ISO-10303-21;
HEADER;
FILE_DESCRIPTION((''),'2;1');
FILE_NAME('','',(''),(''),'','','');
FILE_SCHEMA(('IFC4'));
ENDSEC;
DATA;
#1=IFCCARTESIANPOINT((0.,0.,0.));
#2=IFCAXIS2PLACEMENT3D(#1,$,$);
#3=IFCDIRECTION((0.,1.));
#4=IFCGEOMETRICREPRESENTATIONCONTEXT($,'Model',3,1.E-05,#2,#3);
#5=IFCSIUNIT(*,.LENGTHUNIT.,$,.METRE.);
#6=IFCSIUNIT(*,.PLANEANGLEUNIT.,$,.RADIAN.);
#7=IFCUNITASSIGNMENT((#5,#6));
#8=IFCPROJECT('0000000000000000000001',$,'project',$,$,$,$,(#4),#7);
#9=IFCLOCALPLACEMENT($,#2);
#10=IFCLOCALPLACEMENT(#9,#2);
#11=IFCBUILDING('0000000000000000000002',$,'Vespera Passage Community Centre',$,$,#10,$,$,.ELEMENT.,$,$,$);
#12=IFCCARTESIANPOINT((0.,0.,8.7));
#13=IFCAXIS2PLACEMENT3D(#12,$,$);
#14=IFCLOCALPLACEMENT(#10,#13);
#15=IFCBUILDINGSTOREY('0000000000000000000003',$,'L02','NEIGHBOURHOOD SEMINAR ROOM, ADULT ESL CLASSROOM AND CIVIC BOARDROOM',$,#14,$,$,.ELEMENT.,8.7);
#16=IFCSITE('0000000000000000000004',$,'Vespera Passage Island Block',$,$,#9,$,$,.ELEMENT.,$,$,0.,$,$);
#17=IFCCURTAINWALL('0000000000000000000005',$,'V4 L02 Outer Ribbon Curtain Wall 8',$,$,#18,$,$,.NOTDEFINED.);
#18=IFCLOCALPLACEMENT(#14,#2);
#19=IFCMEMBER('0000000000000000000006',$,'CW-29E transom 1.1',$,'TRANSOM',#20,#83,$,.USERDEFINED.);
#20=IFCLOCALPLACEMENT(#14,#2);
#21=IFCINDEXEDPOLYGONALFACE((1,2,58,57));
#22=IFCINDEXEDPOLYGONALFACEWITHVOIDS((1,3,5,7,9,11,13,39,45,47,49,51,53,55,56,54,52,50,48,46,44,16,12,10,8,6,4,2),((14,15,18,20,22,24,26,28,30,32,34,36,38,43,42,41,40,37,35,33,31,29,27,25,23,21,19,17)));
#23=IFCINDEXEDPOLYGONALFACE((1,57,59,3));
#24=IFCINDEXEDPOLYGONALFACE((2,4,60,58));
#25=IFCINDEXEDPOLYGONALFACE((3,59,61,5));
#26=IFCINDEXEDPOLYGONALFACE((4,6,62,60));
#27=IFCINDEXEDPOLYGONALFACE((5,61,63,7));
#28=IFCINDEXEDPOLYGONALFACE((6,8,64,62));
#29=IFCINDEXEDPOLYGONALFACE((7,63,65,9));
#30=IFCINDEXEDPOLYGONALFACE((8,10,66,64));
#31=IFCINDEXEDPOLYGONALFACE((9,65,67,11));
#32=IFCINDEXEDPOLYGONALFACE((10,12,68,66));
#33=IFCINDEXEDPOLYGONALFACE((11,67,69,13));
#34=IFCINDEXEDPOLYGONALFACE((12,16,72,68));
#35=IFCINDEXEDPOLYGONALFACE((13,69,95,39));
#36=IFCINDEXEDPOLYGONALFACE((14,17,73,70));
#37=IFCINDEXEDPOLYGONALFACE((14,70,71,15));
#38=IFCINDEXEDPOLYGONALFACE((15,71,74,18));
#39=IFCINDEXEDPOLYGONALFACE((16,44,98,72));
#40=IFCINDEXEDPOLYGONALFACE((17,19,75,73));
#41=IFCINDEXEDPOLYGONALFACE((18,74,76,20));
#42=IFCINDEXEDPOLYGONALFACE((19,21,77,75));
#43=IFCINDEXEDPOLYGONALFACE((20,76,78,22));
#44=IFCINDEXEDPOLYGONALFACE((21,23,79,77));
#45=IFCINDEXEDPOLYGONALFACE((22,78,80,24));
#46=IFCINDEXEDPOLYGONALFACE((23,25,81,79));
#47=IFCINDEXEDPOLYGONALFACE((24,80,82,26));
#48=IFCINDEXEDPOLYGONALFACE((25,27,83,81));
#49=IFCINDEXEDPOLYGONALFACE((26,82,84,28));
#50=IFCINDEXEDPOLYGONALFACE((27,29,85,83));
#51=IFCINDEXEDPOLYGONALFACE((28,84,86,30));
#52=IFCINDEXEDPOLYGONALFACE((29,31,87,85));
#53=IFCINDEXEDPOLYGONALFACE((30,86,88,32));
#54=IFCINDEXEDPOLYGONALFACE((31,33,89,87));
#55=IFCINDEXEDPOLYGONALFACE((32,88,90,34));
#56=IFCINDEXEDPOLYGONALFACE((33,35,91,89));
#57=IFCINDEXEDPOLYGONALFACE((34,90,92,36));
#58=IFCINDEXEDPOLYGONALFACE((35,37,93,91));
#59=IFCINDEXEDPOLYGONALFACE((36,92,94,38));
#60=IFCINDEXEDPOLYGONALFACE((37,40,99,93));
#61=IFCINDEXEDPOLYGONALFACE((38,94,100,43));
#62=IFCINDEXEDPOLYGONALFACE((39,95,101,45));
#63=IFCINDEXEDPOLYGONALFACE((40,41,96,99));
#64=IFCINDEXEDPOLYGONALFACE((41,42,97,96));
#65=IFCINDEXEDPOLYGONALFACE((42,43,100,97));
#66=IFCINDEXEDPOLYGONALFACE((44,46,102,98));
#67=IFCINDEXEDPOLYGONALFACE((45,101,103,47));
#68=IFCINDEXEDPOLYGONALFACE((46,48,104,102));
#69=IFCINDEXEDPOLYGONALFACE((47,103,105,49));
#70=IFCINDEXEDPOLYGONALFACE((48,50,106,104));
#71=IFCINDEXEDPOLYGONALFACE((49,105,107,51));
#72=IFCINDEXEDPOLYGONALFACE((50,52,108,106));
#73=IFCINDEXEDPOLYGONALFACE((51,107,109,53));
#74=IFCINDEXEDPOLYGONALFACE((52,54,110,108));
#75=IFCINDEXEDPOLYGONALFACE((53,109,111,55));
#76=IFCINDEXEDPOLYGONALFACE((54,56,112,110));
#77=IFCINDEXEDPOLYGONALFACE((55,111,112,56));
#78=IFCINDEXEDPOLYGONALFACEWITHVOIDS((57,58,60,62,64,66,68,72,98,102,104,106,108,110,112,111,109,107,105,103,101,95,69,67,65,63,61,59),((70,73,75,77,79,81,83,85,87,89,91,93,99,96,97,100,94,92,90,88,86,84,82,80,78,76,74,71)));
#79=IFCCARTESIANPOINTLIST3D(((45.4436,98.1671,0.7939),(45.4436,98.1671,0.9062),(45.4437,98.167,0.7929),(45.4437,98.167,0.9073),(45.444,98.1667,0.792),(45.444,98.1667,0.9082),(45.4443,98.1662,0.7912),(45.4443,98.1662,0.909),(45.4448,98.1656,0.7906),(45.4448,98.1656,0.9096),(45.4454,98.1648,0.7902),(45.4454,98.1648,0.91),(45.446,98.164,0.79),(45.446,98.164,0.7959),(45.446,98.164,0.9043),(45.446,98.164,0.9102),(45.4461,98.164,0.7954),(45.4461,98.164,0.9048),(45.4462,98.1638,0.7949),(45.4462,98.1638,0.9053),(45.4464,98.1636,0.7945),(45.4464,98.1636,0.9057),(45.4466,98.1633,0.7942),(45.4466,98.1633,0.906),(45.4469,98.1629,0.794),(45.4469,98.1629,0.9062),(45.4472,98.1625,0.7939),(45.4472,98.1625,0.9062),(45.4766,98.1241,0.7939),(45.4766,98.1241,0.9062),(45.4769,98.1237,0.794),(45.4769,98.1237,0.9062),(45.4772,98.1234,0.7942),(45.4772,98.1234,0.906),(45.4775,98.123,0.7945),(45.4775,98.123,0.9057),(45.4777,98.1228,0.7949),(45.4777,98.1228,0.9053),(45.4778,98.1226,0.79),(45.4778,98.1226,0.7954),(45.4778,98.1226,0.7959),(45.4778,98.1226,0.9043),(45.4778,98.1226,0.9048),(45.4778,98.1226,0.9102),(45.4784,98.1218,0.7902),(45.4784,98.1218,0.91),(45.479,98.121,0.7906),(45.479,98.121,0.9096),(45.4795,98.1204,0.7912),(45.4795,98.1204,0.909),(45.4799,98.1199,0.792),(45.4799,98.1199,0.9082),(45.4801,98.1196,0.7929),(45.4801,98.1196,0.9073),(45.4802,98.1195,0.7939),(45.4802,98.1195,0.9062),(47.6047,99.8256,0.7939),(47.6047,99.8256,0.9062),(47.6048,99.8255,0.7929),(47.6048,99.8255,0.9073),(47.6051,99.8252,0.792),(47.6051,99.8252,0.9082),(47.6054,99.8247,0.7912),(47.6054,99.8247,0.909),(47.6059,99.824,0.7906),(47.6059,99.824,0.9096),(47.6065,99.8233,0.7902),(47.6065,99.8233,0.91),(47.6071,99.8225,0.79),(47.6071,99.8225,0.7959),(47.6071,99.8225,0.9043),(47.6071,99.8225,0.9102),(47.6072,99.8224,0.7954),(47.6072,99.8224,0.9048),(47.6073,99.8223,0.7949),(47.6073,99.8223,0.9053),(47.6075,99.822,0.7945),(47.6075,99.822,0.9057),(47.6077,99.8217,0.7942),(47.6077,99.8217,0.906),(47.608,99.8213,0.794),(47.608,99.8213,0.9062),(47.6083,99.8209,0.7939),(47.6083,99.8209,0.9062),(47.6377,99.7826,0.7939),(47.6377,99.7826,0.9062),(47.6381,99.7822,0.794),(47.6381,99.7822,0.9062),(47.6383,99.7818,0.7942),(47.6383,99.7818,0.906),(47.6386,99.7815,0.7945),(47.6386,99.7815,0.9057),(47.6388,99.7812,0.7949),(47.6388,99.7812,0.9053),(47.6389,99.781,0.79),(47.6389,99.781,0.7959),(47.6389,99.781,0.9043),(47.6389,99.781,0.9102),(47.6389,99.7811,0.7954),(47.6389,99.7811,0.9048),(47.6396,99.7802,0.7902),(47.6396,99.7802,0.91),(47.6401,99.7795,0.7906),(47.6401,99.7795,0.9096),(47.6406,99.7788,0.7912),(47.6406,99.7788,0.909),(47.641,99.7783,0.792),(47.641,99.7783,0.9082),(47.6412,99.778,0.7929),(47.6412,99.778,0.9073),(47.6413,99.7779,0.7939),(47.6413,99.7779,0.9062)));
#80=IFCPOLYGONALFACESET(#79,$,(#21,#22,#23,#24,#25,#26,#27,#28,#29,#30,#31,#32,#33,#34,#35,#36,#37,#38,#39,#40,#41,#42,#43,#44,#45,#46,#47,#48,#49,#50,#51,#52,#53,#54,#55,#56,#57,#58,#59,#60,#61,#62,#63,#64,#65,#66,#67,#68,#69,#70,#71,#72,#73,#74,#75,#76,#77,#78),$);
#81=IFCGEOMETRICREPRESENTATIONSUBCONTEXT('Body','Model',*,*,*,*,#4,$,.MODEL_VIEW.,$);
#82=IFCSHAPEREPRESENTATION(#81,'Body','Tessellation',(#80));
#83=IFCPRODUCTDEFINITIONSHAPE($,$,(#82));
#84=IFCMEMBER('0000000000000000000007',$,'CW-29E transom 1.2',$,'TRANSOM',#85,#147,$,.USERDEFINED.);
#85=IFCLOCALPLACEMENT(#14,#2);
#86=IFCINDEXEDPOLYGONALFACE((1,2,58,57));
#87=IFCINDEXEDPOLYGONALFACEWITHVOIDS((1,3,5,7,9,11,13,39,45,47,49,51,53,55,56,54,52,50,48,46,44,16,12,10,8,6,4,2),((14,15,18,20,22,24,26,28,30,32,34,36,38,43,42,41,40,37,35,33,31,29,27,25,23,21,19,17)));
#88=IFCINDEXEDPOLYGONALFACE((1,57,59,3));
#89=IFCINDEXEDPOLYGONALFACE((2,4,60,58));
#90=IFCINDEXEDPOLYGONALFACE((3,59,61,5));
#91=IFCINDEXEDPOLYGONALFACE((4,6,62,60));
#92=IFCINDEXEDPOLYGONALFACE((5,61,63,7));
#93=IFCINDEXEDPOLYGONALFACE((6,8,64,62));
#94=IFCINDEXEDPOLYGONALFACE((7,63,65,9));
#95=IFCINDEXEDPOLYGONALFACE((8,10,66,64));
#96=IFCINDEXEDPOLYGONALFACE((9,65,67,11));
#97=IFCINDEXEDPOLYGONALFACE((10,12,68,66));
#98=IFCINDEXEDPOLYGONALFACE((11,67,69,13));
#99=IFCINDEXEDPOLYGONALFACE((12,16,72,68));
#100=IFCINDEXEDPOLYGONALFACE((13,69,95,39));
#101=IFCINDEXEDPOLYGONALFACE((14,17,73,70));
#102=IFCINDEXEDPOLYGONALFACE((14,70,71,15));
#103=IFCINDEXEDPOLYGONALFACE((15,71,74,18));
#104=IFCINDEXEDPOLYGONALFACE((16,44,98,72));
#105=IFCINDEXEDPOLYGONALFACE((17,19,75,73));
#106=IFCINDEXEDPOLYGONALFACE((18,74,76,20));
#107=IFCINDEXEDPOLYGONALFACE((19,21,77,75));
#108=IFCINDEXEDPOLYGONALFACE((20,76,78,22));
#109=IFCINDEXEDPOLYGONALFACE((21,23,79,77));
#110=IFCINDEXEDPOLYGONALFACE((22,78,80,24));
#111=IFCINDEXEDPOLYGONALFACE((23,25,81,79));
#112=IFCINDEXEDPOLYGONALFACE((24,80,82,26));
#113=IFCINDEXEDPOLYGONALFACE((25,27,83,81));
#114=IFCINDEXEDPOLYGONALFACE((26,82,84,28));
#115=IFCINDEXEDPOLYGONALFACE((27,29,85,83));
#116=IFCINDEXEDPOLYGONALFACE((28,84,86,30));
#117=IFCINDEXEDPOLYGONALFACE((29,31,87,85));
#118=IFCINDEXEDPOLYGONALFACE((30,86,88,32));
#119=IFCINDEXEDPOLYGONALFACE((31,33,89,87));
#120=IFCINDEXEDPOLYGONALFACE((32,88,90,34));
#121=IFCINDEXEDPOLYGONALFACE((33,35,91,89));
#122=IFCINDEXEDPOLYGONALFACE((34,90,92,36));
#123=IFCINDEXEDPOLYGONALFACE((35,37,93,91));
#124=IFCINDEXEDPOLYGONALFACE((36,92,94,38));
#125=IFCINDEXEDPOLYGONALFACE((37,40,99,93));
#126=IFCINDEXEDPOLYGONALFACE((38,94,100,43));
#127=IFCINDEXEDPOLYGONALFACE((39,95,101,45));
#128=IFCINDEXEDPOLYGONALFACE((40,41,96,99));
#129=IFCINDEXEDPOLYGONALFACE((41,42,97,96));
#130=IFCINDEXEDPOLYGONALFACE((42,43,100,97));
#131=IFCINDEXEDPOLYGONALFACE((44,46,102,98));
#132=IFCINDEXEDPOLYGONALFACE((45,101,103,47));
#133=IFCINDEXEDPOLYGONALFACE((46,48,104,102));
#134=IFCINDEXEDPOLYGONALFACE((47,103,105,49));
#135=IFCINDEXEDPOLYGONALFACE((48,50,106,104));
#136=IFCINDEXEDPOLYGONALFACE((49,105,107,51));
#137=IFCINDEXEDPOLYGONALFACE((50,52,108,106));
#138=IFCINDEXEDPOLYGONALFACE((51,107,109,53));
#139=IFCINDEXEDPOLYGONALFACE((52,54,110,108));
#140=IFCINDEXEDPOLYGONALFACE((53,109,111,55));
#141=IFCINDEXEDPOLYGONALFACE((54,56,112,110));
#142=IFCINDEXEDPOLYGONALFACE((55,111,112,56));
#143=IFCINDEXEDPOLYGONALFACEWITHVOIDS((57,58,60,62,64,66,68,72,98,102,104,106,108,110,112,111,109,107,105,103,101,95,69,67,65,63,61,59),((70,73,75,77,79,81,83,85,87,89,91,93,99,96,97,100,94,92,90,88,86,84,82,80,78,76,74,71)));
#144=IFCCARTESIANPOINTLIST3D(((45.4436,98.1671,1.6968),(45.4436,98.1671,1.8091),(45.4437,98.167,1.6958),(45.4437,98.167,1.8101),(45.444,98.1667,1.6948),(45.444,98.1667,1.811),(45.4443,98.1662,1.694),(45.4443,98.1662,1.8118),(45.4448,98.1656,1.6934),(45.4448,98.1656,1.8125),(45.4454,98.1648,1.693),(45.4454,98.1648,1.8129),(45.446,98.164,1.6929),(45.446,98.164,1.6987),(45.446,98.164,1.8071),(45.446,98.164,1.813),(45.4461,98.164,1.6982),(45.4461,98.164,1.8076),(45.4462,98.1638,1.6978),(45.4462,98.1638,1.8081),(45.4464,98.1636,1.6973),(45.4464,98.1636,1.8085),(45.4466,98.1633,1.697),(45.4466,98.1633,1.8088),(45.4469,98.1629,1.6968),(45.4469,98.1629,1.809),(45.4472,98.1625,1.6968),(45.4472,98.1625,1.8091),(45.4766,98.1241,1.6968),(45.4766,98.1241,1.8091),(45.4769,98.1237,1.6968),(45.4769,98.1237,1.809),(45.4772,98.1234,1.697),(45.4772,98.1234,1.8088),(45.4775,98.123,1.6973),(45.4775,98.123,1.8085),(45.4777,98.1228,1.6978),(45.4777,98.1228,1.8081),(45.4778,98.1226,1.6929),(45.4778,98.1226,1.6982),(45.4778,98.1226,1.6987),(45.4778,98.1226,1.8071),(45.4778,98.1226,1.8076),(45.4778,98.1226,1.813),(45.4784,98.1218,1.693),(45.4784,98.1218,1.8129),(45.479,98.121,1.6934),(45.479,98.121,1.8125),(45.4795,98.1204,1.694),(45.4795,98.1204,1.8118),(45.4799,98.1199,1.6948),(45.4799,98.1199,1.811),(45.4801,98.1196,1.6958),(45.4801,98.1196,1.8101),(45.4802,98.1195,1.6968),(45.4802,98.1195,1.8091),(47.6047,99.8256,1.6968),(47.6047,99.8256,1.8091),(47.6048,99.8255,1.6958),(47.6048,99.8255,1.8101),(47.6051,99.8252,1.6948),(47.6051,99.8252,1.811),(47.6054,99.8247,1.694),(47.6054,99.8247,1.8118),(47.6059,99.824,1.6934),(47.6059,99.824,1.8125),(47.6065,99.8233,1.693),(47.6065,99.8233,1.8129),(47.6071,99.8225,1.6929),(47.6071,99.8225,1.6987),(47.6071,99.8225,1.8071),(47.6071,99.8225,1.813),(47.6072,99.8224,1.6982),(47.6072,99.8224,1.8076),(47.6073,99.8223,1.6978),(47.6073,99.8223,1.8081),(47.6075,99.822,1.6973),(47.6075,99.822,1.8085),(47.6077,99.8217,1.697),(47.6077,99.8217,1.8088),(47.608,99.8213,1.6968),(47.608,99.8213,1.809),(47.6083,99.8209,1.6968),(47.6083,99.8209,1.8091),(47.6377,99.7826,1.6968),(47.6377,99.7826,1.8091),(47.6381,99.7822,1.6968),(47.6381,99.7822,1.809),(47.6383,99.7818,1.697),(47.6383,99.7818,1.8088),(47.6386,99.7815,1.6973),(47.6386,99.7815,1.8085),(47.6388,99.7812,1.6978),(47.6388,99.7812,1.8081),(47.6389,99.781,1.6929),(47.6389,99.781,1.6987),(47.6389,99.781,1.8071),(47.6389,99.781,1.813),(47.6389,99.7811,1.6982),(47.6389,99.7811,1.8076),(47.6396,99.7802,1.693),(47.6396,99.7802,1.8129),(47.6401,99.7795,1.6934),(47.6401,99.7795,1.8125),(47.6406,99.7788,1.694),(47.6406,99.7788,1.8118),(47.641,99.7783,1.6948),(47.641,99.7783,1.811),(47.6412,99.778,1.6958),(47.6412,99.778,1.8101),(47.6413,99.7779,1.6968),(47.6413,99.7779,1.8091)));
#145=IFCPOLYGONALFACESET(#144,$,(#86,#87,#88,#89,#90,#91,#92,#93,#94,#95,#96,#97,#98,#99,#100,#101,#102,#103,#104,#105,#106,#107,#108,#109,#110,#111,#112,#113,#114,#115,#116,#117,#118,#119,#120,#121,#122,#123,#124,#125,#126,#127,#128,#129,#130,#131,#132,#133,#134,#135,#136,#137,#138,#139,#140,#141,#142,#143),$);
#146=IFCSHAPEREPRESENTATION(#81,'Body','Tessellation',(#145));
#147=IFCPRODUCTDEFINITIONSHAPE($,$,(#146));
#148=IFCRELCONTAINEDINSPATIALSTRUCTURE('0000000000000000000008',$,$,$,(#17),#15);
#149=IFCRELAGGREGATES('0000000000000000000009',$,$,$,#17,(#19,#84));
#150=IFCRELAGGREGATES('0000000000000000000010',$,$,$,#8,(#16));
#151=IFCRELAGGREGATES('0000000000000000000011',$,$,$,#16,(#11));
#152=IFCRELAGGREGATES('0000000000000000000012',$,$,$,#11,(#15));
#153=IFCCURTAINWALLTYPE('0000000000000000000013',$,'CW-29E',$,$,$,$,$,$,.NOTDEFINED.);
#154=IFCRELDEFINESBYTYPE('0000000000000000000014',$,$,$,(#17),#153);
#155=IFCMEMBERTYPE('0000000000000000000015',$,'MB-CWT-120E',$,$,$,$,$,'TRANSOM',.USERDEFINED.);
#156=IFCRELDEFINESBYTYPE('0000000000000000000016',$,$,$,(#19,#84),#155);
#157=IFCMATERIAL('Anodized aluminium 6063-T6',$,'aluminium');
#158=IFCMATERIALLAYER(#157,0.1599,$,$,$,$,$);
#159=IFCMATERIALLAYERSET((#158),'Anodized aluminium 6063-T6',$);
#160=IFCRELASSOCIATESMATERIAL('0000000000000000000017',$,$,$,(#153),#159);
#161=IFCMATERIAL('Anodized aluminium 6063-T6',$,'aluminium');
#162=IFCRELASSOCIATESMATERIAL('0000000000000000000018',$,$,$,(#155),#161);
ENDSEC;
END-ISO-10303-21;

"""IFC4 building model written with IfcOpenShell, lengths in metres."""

from ifc_helpers import new_model, si_unit, direction, frame, origin, origin_2d, place, context, subcontext, project, spatial, hollow_rectangle, extrude, material, layer, layer_set, material_profile, profile_set, type_object, element, aggregate, save


model = new_model("IFC4")

# Units and contexts
model_context = context("Model", 3, precision=1e-05, world=origin(), true_north=direction((0.0, 1.0)))
body_context = subcontext(model_context, "Body", "Model", "MODEL_VIEW")
ifc_project = project(units=[si_unit("LENGTHUNIT", "METRE"), si_unit("PLANEANGLEUNIT", "RADIAN")], contexts=[model_context])

# Site, building, storey
site_placement = place(None, origin())
site = spatial("IfcSite", under=ifc_project, at=site_placement, Name="Vespera Passage Island Block", CompositionType="ELEMENT", RefElevation=0.0)
building_placement = place(site_placement, origin())
building = spatial("IfcBuilding", under=site, at=building_placement, Name="Vespera Passage Community Centre", CompositionType="ELEMENT")
storey_placement = place(building_placement, frame((0.0, 0.0, 8.7)))
storey = spatial("IfcBuildingStorey", under=building, at=storey_placement, Name="L02", Description="NEIGHBOURHOOD SEMINAR ROOM, ADULT ESL CLASSROOM AND CIVIC BOARDROOM", CompositionType="ELEMENT", Elevation=8.7)

# Curtain wall
ifc_material_1 = material(Name="Anodized aluminium 6063-T6", Category="aluminium")
ifc_layer_1 = layer(ifc_material_1, 0.1599)
ifc_layer_set_1 = layer_set([ifc_layer_1], Name="Anodized aluminium 6063-T6")
curtain_wall_type_1 = type_object("IfcCurtainWallType", Name="CW-29E", PredefinedType="NOTDEFINED", material=ifc_layer_set_1)
curtain_wall_1_placement = place(storey_placement, origin())
curtain_wall_1 = element("IfcCurtainWall", 1, at=curtain_wall_1_placement, inside=storey, type_object=curtain_wall_type_1, Name="V4 L02 Outer Ribbon Curtain Wall 8", PredefinedType="NOTDEFINED")

# Members
ifc_material_2 = material(Name="Anodized aluminium 6063-T6", Category="aluminium")
ifc_material_profile_1 = material_profile(ifc_material_2, hollow_rectangle(XDim=0.0601, YDim=0.1201, WallThickness=0.0039, InnerFilletRadius=0.002, OuterFilletRadius=0.0039, at=origin_2d()), Name="ALU120X60X4")
ifc_profile_set_1 = profile_set([ifc_material_profile_1], Name="Anodized aluminium 6063-T6")
member_type_1 = type_object("IfcMemberType", Name="MB-CWT-120E", ElementType="TRANSOM", PredefinedType="USERDEFINED", material=ifc_profile_set_1)
member_1_placement = place(storey_placement, frame((45.4619, 98.1433, 0.8501), z_axis=(0.793326, 0.608796, 0.0), x_axis=(-0.608796, 0.793326, 0.0)))
member_1 = element("IfcMember", 2, at=member_1_placement, type_object=member_type_1, Name="CW-29E transom 1.1", ObjectType="TRANSOM", PredefinedType="USERDEFINED", context=body_context, shape_type="SweptSolid", body=[
    extrude(hollow_rectangle(XDim=0.0601, YDim=0.1201, WallThickness=0.0039, InnerFilletRadius=0.002, OuterFilletRadius=0.0039, at=origin_2d()), origin(), (0.0, 0.0, 1.0), 2.7241),
])
member_2_placement = place(storey_placement, frame((45.4619, 98.1433, 1.7529), z_axis=(0.793326, 0.608796, 0.0), x_axis=(-0.608796, 0.793326, 0.0)))
member_2 = element("IfcMember", 3, at=member_2_placement, type_object=member_type_1, Name="CW-29E transom 1.2", ObjectType="TRANSOM", PredefinedType="USERDEFINED", context=body_context, shape_type="SweptSolid", body=[
    extrude(hollow_rectangle(XDim=0.0601, YDim=0.1201, WallThickness=0.0039, InnerFilletRadius=0.002, OuterFilletRadius=0.0039, at=origin_2d()), origin(), (0.0, 0.0, 1.0), 2.7241),
])
aggregate(curtain_wall_1, [member_1, member_2])

save(model, "model.ifc")
